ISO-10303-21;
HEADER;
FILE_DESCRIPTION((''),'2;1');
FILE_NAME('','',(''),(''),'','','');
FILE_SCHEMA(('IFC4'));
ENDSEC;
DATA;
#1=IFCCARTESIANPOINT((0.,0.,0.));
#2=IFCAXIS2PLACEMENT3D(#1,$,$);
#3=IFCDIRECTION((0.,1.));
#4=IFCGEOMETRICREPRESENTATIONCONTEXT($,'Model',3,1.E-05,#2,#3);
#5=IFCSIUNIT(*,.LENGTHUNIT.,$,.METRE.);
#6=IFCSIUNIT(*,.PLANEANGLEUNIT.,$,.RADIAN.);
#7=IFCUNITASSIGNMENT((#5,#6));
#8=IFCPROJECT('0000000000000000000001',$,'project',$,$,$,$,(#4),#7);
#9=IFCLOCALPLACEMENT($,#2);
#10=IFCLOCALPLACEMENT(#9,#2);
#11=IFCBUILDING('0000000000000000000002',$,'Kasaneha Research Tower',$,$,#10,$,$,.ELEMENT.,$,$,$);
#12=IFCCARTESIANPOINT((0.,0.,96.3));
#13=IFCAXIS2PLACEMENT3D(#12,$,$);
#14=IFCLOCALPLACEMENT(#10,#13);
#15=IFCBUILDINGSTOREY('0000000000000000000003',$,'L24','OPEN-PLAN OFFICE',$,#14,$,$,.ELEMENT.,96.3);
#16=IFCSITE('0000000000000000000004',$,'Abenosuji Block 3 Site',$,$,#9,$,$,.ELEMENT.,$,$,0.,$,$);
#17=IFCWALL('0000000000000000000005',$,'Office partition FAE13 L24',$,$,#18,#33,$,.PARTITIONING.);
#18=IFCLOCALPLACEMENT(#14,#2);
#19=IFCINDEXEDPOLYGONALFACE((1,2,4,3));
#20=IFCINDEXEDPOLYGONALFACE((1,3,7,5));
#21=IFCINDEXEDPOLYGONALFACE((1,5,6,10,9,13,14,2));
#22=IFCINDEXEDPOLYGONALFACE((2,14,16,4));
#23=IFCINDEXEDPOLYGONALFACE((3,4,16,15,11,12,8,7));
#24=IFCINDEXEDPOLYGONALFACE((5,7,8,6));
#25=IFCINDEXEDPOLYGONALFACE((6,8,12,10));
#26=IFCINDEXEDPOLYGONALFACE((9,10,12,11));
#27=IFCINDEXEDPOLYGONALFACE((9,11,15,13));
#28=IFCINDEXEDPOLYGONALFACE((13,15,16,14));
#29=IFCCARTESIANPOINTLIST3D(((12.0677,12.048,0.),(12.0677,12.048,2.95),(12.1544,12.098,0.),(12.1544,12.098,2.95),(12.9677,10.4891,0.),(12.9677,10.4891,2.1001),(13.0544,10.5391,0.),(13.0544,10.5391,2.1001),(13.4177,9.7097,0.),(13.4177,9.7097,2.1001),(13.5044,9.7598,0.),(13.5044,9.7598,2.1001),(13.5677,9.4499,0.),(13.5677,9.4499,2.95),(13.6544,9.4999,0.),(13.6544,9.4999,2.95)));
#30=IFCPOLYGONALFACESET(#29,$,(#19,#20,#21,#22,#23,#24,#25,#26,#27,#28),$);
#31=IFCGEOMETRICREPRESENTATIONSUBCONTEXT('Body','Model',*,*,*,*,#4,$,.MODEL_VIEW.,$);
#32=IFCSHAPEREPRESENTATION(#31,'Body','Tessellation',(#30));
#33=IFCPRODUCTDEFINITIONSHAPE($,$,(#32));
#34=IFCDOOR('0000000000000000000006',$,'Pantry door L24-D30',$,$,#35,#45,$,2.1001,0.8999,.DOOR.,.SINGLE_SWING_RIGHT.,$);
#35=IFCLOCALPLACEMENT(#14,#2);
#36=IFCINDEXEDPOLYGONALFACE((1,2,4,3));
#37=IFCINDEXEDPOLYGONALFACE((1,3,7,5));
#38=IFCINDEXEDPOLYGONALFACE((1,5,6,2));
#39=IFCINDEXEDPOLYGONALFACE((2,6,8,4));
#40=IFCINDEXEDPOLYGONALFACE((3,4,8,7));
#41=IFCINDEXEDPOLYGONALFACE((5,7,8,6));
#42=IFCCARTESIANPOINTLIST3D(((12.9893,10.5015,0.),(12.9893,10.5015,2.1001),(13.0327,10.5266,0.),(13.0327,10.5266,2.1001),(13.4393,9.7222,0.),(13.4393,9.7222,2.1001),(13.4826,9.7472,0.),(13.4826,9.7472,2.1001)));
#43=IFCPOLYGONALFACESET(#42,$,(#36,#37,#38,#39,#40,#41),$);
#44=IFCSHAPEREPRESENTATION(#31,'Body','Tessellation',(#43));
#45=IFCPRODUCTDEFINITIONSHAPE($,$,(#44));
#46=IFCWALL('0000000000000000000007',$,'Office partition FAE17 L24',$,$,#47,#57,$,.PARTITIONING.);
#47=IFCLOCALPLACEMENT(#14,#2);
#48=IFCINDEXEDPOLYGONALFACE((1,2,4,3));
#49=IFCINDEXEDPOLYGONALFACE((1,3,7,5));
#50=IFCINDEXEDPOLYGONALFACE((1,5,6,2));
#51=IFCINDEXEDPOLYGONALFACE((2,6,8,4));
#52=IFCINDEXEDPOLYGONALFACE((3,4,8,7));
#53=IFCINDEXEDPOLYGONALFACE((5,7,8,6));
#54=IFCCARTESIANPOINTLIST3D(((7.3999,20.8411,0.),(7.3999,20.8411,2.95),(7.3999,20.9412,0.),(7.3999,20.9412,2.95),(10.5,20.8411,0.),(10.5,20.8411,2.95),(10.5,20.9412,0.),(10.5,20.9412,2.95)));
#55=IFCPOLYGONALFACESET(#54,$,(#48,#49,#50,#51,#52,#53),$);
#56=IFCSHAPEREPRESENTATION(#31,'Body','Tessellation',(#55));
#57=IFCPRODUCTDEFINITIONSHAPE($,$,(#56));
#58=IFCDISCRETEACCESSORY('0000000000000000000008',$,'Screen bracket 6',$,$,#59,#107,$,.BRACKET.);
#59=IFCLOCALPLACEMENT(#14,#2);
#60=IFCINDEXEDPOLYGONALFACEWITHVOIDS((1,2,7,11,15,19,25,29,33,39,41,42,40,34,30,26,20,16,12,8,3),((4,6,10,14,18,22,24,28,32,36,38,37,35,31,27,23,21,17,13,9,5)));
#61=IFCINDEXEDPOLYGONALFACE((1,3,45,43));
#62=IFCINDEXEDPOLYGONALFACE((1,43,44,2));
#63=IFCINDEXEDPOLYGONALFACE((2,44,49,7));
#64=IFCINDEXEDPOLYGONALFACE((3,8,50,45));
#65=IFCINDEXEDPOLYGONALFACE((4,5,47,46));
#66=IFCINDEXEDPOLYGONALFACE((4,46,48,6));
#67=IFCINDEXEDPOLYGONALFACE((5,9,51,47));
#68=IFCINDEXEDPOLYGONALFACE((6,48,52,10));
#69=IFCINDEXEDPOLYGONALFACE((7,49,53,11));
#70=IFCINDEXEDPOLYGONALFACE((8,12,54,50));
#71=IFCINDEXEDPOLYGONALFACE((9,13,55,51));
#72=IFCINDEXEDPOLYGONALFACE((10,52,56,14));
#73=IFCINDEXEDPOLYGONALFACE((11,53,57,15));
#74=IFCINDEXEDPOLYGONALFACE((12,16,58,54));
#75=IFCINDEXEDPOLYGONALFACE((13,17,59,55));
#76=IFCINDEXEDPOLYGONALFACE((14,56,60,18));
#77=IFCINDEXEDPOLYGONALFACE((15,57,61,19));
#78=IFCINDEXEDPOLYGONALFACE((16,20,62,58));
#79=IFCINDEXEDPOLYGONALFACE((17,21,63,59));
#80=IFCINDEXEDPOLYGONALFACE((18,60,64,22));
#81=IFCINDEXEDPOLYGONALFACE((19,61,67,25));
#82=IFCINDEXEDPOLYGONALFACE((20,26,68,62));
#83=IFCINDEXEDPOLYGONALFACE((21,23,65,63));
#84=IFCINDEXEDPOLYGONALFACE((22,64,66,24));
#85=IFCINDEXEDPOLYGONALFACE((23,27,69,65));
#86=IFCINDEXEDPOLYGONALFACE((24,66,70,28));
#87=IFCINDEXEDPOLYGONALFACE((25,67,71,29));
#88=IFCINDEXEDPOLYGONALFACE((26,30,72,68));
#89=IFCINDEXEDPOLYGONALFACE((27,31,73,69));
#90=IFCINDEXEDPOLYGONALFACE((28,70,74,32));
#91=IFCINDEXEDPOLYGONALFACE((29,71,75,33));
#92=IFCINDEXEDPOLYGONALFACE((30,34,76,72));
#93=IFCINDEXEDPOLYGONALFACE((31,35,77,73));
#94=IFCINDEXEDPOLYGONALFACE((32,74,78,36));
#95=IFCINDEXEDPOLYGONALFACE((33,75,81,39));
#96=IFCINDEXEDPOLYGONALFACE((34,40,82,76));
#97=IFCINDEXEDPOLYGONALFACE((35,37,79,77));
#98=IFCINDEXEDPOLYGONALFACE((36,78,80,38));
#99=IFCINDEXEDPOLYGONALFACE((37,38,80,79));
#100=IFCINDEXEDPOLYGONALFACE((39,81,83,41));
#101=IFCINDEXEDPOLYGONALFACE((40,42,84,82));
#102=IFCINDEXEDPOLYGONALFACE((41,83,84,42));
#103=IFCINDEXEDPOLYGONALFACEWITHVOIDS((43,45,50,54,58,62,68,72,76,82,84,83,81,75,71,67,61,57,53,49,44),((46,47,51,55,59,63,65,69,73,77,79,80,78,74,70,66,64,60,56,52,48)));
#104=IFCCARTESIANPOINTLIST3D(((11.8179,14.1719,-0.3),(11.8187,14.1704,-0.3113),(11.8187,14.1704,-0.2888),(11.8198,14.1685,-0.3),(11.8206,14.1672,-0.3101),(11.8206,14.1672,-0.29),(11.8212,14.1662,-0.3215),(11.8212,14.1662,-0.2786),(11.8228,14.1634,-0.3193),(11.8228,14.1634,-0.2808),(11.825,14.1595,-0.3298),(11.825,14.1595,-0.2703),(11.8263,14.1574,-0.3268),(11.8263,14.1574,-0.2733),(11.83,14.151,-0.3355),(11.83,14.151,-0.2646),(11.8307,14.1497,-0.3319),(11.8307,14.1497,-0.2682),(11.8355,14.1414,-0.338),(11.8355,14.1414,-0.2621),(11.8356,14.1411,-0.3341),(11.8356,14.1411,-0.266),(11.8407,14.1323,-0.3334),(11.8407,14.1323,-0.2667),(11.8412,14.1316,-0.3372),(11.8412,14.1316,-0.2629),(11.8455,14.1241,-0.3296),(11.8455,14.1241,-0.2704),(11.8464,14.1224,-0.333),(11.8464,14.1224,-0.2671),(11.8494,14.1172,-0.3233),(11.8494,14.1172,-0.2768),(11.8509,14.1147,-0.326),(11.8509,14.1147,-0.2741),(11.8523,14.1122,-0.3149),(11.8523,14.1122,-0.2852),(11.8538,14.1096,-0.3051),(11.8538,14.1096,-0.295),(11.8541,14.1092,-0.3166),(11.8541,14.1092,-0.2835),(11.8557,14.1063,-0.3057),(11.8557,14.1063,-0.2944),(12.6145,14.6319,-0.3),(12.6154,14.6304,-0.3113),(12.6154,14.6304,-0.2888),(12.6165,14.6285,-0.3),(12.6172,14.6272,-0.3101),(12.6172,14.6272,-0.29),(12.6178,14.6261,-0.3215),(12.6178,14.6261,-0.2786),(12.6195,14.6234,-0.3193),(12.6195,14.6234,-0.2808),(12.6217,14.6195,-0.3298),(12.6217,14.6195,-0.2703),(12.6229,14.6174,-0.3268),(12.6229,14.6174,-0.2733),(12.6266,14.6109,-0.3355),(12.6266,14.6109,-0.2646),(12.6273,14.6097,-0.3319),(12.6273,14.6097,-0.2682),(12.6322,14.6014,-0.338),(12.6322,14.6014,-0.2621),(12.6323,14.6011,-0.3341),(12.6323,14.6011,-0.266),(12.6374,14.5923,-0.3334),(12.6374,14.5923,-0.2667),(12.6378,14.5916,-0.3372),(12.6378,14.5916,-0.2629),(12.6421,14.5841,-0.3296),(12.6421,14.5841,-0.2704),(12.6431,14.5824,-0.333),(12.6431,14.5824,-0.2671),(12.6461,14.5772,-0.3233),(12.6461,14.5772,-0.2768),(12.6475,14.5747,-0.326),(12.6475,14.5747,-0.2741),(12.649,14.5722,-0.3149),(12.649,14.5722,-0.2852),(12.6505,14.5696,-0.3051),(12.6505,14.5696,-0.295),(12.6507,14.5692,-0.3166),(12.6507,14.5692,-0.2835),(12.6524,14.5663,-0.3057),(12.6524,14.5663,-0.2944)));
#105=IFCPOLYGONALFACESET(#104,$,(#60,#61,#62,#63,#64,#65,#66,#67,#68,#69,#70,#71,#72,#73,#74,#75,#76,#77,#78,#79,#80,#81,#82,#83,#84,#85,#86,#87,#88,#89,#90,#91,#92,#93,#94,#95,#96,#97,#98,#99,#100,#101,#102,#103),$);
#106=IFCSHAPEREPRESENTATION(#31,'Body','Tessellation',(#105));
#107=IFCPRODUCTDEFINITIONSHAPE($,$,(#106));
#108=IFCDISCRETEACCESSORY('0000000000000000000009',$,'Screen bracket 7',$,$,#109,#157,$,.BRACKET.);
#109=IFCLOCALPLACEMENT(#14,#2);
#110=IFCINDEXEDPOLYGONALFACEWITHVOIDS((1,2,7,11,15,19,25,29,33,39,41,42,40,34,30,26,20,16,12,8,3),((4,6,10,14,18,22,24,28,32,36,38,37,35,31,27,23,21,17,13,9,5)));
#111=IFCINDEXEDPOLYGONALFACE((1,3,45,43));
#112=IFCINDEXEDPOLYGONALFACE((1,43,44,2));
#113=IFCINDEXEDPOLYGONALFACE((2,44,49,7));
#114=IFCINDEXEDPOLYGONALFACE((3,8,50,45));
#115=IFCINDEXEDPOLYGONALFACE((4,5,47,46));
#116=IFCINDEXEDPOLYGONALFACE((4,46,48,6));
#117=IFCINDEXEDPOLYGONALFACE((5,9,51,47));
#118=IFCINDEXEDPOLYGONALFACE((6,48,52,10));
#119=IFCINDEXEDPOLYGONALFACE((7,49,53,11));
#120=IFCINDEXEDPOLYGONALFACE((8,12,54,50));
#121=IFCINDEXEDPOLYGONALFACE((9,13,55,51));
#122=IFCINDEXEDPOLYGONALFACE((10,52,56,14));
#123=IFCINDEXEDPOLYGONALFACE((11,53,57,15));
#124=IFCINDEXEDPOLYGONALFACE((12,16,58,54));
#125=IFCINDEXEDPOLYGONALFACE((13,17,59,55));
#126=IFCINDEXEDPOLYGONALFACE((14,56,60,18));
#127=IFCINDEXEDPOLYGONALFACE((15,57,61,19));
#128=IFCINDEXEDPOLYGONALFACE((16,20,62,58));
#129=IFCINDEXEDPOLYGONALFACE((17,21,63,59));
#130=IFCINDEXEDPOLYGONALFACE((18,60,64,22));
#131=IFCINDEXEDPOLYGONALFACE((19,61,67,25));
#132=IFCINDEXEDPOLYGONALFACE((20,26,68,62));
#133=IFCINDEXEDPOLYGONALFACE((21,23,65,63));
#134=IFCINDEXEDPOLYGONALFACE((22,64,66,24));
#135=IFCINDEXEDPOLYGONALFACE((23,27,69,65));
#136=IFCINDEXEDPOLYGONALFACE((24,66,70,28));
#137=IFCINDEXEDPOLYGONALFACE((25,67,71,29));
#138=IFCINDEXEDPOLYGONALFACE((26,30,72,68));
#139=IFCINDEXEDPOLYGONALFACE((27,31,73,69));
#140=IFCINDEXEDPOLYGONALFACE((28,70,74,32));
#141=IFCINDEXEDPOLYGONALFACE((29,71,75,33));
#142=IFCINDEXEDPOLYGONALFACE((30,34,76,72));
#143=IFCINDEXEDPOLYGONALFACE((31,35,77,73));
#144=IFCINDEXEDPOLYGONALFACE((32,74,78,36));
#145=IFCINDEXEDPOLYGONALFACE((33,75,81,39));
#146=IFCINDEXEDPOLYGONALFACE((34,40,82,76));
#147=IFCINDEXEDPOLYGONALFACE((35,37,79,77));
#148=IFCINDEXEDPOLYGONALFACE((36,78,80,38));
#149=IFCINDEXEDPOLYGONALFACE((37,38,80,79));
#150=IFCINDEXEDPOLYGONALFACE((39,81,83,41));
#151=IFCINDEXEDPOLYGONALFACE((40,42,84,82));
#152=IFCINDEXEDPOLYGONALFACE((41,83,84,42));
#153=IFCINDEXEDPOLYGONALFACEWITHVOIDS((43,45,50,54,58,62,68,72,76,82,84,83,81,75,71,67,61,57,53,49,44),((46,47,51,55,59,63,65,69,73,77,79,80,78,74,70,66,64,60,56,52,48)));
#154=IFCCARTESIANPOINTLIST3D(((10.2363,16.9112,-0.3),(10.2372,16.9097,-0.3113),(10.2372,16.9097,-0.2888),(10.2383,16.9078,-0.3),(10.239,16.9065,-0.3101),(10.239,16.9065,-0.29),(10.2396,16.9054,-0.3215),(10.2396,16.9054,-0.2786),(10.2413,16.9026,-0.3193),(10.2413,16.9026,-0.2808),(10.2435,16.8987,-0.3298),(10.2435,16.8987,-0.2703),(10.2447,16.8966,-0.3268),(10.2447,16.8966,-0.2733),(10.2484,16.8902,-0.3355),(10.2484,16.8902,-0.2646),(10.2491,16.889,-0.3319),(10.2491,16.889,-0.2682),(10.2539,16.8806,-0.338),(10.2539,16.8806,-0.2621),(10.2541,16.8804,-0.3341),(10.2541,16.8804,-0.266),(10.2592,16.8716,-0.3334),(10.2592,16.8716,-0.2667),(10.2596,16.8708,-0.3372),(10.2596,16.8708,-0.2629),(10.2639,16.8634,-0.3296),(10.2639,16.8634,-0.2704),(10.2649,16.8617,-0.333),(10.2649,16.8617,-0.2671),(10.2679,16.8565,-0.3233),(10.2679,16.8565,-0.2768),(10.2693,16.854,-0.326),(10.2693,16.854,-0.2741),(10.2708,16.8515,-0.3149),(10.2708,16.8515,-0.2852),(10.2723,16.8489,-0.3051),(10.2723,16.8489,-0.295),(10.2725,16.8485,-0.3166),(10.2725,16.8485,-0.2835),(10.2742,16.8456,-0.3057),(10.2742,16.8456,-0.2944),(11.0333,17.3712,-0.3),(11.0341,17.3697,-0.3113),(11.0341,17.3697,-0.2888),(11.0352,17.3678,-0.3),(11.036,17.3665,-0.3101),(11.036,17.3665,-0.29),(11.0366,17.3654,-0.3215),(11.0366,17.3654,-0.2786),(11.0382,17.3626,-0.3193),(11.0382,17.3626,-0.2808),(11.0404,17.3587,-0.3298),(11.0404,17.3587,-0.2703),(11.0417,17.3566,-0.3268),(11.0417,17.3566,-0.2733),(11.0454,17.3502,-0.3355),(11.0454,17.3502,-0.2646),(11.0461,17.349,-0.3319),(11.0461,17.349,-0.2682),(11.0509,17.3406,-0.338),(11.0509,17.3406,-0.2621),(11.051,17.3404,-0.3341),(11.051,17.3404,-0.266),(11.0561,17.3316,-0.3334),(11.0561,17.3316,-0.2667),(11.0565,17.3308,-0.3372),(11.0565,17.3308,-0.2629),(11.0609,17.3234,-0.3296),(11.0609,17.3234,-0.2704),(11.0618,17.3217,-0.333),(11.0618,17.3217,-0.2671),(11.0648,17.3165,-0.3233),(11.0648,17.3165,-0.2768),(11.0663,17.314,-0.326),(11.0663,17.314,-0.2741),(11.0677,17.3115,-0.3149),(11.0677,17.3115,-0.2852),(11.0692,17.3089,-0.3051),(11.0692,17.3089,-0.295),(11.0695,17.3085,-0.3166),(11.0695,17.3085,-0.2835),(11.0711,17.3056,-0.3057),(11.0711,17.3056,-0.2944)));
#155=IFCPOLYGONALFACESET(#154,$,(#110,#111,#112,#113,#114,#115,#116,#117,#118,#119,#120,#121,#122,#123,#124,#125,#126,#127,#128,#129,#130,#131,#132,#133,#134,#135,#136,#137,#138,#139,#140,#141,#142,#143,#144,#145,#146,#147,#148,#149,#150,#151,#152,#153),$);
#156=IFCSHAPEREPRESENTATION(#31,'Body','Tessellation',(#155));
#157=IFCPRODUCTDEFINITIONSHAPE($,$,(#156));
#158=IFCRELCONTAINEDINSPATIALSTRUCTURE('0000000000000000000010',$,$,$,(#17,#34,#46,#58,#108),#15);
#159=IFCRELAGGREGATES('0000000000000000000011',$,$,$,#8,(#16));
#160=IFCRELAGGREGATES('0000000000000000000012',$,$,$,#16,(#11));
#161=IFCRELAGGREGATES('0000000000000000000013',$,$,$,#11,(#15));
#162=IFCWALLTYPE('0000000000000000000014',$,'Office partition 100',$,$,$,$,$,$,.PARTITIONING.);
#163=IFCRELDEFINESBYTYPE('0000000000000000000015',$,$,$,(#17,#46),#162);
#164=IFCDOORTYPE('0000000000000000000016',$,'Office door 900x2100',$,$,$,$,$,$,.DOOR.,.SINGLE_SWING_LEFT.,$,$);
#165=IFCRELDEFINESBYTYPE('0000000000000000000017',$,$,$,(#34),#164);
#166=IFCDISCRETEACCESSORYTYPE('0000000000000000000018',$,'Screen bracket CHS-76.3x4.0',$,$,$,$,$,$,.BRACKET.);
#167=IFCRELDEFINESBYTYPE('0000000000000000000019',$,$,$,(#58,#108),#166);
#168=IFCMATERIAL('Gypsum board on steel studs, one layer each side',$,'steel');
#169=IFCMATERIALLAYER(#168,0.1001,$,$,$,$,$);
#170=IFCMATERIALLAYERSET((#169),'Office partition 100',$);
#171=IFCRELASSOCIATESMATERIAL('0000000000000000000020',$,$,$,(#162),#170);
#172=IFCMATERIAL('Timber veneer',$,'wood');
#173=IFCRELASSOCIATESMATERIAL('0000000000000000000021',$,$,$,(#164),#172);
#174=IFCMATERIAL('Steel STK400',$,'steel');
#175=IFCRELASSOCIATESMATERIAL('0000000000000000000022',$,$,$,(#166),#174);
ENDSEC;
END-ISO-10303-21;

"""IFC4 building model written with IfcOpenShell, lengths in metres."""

from ifc_helpers import new_model, si_unit, direction, frame, frame_2d, origin, origin_2d, place, context, subcontext, project, spatial, rectangle, hollow_circle, extrude, material, layer, layer_set, material_profile, profile_set, type_object, element, fill, save


model = new_model("IFC4")

# Units and contexts
model_context = context("Model", 3, precision=1e-05, world=origin(), true_north=direction((0.0, 1.0)))
body_context = subcontext(model_context, "Body", "Model", "MODEL_VIEW")
ifc_project = project(units=[si_unit("LENGTHUNIT", "METRE"), si_unit("PLANEANGLEUNIT", "RADIAN")], contexts=[model_context])

# Site, building, storey
site_placement = place(None, origin())
site = spatial("IfcSite", under=ifc_project, at=site_placement, Name="Abenosuji Block 3 Site", CompositionType="ELEMENT", RefElevation=0.0)
building_placement = place(site_placement, origin())
building = spatial("IfcBuilding", under=site, at=building_placement, Name="Kasaneha Research Tower", CompositionType="ELEMENT")
storey_placement = place(building_placement, frame((0.0, 0.0, 96.3)))
storey = spatial("IfcBuildingStorey", under=building, at=storey_placement, Name="L24", Description="OPEN-PLAN OFFICE", CompositionType="ELEMENT", Elevation=96.3)

# Wall, opening, door
ifc_material_1 = material(Name="Gypsum board on steel studs, one layer each side", Category="steel")
ifc_layer_1 = layer(ifc_material_1, 0.1001)
ifc_layer_set_1 = layer_set([ifc_layer_1], Name="Office partition 100")
wall_type = type_object("IfcWallType", Name="Office partition 100", PredefinedType="PARTITIONING", material=ifc_layer_set_1)
wall_1_placement = place(storey_placement, frame((12.1111, 12.073, 0.0), z_axis=(0.0, 0.0, 1.0), x_axis=(0.49999, -0.866031, 0.0)))
wall_1 = element("IfcWall", 1, at=wall_1_placement, inside=storey, type_object=wall_type, Name="Office partition FAE13 L24", PredefinedType="PARTITIONING", context=body_context, shape_type="SweptSolid", body=[
    extrude(rectangle(XDim=3.0, YDim=0.1001, at=frame_2d((1.5, 0.0))), origin(), (0.0, 0.0, 1.0), 2.95),
])
opening_placement = place(wall_1_placement, frame((1.8, 0.0, 0.0)))
opening = element("IfcOpeningElement", 2, at=opening_placement, cuts=wall_1, PredefinedType="OPENING", context=body_context, shape_type="SweptSolid", body=[
    extrude(rectangle(XDim=0.8999, YDim=2.1001, at=frame_2d((0.45, 1.05))), frame((0.0, 0.0601, 0.0), z_axis=(0.0, -1.0, 0.0), x_axis=(1.0, 0.0, 0.0)), (0.0, 0.0, 1.0), 0.1201),
])
ifc_material_2 = material(Name="Timber veneer", Category="wood")
door_type = type_object("IfcDoorType", Name="Office door 900x2100", OperationType="SINGLE_SWING_LEFT", PredefinedType="DOOR", material=ifc_material_2)
door_placement = place(opening_placement, origin())
door = element("IfcDoor", 3, at=door_placement, inside=storey, type_object=door_type, Name="Pantry door L24-D30", OperationType="SINGLE_SWING_RIGHT", OverallHeight=2.1001, OverallWidth=0.8999, PredefinedType="DOOR", context=body_context, shape_type="SweptSolid", body=[
    extrude(rectangle(XDim=0.8999, YDim=2.1001, at=frame_2d((0.45, 1.05))), frame((0.0, 0.0249, 0.0), z_axis=(0.0, -1.0, 0.0), x_axis=(1.0, 0.0, 0.0)), (0.0, 0.0, 1.0), 0.05),
])
fill(opening, door)

# Wall
wall_2_placement = place(storey_placement, frame((10.5, 20.8911, 0.0), z_axis=(0.0, 0.0, 1.0), x_axis=(-1.0, 0.0, 0.0)))
element("IfcWall", 4, at=wall_2_placement, inside=storey, type_object=wall_type, Name="Office partition FAE17 L24", PredefinedType="PARTITIONING", context=body_context, shape_type="SweptSolid", body=[
    extrude(rectangle(XDim=3.1001, YDim=0.1001, at=frame_2d((1.55, 0.0))), origin(), (0.0, 0.0, 1.0), 2.95),
])

# Discrete accessories
ifc_material_3 = material(Name="Steel STK400", Category="steel")
ifc_material_profile_1 = material_profile(ifc_material_3, hollow_circle(Radius=0.0381, WallThickness=0.0039, at=origin_2d()), Name="CHS-76.3x4.0")
ifc_profile_set_1 = profile_set([ifc_material_profile_1], Name="Steel STK400")
discrete_accessory_type = type_object("IfcDiscreteAccessoryType", Name="Screen bracket CHS-76.3x4.0", PredefinedType="BRACKET", material=ifc_profile_set_1)
discrete_accessory_1_placement = place(storey_placement, frame((11.8369, 14.1389, -0.3), z_axis=(0.866013, 0.500021, 0.0), x_axis=(-0.500021, 0.866013, 0.0)))
element("IfcDiscreteAccessory", 5, at=discrete_accessory_1_placement, inside=storey, type_object=discrete_accessory_type, Name="Screen bracket 6", PredefinedType="BRACKET", context=body_context, shape_type="SweptSolid", body=[
    extrude(hollow_circle(Radius=0.0381, WallThickness=0.0039, at=origin_2d()), origin(), (0.0, 0.0, 1.0), 0.9199),
])
discrete_accessory_2_placement = place(storey_placement, frame((10.2554, 16.8782, -0.3), z_axis=(0.86608, 0.499906, 0.0), x_axis=(-0.499906, 0.86608, 0.0)))
element("IfcDiscreteAccessory", 6, at=discrete_accessory_2_placement, inside=storey, type_object=discrete_accessory_type, Name="Screen bracket 7", PredefinedType="BRACKET", context=body_context, shape_type="SweptSolid", body=[
    extrude(hollow_circle(Radius=0.0381, WallThickness=0.0039, at=origin_2d()), origin(), (0.0, 0.0, 1.0), 0.9202),
])

save(model, "model.ifc")
